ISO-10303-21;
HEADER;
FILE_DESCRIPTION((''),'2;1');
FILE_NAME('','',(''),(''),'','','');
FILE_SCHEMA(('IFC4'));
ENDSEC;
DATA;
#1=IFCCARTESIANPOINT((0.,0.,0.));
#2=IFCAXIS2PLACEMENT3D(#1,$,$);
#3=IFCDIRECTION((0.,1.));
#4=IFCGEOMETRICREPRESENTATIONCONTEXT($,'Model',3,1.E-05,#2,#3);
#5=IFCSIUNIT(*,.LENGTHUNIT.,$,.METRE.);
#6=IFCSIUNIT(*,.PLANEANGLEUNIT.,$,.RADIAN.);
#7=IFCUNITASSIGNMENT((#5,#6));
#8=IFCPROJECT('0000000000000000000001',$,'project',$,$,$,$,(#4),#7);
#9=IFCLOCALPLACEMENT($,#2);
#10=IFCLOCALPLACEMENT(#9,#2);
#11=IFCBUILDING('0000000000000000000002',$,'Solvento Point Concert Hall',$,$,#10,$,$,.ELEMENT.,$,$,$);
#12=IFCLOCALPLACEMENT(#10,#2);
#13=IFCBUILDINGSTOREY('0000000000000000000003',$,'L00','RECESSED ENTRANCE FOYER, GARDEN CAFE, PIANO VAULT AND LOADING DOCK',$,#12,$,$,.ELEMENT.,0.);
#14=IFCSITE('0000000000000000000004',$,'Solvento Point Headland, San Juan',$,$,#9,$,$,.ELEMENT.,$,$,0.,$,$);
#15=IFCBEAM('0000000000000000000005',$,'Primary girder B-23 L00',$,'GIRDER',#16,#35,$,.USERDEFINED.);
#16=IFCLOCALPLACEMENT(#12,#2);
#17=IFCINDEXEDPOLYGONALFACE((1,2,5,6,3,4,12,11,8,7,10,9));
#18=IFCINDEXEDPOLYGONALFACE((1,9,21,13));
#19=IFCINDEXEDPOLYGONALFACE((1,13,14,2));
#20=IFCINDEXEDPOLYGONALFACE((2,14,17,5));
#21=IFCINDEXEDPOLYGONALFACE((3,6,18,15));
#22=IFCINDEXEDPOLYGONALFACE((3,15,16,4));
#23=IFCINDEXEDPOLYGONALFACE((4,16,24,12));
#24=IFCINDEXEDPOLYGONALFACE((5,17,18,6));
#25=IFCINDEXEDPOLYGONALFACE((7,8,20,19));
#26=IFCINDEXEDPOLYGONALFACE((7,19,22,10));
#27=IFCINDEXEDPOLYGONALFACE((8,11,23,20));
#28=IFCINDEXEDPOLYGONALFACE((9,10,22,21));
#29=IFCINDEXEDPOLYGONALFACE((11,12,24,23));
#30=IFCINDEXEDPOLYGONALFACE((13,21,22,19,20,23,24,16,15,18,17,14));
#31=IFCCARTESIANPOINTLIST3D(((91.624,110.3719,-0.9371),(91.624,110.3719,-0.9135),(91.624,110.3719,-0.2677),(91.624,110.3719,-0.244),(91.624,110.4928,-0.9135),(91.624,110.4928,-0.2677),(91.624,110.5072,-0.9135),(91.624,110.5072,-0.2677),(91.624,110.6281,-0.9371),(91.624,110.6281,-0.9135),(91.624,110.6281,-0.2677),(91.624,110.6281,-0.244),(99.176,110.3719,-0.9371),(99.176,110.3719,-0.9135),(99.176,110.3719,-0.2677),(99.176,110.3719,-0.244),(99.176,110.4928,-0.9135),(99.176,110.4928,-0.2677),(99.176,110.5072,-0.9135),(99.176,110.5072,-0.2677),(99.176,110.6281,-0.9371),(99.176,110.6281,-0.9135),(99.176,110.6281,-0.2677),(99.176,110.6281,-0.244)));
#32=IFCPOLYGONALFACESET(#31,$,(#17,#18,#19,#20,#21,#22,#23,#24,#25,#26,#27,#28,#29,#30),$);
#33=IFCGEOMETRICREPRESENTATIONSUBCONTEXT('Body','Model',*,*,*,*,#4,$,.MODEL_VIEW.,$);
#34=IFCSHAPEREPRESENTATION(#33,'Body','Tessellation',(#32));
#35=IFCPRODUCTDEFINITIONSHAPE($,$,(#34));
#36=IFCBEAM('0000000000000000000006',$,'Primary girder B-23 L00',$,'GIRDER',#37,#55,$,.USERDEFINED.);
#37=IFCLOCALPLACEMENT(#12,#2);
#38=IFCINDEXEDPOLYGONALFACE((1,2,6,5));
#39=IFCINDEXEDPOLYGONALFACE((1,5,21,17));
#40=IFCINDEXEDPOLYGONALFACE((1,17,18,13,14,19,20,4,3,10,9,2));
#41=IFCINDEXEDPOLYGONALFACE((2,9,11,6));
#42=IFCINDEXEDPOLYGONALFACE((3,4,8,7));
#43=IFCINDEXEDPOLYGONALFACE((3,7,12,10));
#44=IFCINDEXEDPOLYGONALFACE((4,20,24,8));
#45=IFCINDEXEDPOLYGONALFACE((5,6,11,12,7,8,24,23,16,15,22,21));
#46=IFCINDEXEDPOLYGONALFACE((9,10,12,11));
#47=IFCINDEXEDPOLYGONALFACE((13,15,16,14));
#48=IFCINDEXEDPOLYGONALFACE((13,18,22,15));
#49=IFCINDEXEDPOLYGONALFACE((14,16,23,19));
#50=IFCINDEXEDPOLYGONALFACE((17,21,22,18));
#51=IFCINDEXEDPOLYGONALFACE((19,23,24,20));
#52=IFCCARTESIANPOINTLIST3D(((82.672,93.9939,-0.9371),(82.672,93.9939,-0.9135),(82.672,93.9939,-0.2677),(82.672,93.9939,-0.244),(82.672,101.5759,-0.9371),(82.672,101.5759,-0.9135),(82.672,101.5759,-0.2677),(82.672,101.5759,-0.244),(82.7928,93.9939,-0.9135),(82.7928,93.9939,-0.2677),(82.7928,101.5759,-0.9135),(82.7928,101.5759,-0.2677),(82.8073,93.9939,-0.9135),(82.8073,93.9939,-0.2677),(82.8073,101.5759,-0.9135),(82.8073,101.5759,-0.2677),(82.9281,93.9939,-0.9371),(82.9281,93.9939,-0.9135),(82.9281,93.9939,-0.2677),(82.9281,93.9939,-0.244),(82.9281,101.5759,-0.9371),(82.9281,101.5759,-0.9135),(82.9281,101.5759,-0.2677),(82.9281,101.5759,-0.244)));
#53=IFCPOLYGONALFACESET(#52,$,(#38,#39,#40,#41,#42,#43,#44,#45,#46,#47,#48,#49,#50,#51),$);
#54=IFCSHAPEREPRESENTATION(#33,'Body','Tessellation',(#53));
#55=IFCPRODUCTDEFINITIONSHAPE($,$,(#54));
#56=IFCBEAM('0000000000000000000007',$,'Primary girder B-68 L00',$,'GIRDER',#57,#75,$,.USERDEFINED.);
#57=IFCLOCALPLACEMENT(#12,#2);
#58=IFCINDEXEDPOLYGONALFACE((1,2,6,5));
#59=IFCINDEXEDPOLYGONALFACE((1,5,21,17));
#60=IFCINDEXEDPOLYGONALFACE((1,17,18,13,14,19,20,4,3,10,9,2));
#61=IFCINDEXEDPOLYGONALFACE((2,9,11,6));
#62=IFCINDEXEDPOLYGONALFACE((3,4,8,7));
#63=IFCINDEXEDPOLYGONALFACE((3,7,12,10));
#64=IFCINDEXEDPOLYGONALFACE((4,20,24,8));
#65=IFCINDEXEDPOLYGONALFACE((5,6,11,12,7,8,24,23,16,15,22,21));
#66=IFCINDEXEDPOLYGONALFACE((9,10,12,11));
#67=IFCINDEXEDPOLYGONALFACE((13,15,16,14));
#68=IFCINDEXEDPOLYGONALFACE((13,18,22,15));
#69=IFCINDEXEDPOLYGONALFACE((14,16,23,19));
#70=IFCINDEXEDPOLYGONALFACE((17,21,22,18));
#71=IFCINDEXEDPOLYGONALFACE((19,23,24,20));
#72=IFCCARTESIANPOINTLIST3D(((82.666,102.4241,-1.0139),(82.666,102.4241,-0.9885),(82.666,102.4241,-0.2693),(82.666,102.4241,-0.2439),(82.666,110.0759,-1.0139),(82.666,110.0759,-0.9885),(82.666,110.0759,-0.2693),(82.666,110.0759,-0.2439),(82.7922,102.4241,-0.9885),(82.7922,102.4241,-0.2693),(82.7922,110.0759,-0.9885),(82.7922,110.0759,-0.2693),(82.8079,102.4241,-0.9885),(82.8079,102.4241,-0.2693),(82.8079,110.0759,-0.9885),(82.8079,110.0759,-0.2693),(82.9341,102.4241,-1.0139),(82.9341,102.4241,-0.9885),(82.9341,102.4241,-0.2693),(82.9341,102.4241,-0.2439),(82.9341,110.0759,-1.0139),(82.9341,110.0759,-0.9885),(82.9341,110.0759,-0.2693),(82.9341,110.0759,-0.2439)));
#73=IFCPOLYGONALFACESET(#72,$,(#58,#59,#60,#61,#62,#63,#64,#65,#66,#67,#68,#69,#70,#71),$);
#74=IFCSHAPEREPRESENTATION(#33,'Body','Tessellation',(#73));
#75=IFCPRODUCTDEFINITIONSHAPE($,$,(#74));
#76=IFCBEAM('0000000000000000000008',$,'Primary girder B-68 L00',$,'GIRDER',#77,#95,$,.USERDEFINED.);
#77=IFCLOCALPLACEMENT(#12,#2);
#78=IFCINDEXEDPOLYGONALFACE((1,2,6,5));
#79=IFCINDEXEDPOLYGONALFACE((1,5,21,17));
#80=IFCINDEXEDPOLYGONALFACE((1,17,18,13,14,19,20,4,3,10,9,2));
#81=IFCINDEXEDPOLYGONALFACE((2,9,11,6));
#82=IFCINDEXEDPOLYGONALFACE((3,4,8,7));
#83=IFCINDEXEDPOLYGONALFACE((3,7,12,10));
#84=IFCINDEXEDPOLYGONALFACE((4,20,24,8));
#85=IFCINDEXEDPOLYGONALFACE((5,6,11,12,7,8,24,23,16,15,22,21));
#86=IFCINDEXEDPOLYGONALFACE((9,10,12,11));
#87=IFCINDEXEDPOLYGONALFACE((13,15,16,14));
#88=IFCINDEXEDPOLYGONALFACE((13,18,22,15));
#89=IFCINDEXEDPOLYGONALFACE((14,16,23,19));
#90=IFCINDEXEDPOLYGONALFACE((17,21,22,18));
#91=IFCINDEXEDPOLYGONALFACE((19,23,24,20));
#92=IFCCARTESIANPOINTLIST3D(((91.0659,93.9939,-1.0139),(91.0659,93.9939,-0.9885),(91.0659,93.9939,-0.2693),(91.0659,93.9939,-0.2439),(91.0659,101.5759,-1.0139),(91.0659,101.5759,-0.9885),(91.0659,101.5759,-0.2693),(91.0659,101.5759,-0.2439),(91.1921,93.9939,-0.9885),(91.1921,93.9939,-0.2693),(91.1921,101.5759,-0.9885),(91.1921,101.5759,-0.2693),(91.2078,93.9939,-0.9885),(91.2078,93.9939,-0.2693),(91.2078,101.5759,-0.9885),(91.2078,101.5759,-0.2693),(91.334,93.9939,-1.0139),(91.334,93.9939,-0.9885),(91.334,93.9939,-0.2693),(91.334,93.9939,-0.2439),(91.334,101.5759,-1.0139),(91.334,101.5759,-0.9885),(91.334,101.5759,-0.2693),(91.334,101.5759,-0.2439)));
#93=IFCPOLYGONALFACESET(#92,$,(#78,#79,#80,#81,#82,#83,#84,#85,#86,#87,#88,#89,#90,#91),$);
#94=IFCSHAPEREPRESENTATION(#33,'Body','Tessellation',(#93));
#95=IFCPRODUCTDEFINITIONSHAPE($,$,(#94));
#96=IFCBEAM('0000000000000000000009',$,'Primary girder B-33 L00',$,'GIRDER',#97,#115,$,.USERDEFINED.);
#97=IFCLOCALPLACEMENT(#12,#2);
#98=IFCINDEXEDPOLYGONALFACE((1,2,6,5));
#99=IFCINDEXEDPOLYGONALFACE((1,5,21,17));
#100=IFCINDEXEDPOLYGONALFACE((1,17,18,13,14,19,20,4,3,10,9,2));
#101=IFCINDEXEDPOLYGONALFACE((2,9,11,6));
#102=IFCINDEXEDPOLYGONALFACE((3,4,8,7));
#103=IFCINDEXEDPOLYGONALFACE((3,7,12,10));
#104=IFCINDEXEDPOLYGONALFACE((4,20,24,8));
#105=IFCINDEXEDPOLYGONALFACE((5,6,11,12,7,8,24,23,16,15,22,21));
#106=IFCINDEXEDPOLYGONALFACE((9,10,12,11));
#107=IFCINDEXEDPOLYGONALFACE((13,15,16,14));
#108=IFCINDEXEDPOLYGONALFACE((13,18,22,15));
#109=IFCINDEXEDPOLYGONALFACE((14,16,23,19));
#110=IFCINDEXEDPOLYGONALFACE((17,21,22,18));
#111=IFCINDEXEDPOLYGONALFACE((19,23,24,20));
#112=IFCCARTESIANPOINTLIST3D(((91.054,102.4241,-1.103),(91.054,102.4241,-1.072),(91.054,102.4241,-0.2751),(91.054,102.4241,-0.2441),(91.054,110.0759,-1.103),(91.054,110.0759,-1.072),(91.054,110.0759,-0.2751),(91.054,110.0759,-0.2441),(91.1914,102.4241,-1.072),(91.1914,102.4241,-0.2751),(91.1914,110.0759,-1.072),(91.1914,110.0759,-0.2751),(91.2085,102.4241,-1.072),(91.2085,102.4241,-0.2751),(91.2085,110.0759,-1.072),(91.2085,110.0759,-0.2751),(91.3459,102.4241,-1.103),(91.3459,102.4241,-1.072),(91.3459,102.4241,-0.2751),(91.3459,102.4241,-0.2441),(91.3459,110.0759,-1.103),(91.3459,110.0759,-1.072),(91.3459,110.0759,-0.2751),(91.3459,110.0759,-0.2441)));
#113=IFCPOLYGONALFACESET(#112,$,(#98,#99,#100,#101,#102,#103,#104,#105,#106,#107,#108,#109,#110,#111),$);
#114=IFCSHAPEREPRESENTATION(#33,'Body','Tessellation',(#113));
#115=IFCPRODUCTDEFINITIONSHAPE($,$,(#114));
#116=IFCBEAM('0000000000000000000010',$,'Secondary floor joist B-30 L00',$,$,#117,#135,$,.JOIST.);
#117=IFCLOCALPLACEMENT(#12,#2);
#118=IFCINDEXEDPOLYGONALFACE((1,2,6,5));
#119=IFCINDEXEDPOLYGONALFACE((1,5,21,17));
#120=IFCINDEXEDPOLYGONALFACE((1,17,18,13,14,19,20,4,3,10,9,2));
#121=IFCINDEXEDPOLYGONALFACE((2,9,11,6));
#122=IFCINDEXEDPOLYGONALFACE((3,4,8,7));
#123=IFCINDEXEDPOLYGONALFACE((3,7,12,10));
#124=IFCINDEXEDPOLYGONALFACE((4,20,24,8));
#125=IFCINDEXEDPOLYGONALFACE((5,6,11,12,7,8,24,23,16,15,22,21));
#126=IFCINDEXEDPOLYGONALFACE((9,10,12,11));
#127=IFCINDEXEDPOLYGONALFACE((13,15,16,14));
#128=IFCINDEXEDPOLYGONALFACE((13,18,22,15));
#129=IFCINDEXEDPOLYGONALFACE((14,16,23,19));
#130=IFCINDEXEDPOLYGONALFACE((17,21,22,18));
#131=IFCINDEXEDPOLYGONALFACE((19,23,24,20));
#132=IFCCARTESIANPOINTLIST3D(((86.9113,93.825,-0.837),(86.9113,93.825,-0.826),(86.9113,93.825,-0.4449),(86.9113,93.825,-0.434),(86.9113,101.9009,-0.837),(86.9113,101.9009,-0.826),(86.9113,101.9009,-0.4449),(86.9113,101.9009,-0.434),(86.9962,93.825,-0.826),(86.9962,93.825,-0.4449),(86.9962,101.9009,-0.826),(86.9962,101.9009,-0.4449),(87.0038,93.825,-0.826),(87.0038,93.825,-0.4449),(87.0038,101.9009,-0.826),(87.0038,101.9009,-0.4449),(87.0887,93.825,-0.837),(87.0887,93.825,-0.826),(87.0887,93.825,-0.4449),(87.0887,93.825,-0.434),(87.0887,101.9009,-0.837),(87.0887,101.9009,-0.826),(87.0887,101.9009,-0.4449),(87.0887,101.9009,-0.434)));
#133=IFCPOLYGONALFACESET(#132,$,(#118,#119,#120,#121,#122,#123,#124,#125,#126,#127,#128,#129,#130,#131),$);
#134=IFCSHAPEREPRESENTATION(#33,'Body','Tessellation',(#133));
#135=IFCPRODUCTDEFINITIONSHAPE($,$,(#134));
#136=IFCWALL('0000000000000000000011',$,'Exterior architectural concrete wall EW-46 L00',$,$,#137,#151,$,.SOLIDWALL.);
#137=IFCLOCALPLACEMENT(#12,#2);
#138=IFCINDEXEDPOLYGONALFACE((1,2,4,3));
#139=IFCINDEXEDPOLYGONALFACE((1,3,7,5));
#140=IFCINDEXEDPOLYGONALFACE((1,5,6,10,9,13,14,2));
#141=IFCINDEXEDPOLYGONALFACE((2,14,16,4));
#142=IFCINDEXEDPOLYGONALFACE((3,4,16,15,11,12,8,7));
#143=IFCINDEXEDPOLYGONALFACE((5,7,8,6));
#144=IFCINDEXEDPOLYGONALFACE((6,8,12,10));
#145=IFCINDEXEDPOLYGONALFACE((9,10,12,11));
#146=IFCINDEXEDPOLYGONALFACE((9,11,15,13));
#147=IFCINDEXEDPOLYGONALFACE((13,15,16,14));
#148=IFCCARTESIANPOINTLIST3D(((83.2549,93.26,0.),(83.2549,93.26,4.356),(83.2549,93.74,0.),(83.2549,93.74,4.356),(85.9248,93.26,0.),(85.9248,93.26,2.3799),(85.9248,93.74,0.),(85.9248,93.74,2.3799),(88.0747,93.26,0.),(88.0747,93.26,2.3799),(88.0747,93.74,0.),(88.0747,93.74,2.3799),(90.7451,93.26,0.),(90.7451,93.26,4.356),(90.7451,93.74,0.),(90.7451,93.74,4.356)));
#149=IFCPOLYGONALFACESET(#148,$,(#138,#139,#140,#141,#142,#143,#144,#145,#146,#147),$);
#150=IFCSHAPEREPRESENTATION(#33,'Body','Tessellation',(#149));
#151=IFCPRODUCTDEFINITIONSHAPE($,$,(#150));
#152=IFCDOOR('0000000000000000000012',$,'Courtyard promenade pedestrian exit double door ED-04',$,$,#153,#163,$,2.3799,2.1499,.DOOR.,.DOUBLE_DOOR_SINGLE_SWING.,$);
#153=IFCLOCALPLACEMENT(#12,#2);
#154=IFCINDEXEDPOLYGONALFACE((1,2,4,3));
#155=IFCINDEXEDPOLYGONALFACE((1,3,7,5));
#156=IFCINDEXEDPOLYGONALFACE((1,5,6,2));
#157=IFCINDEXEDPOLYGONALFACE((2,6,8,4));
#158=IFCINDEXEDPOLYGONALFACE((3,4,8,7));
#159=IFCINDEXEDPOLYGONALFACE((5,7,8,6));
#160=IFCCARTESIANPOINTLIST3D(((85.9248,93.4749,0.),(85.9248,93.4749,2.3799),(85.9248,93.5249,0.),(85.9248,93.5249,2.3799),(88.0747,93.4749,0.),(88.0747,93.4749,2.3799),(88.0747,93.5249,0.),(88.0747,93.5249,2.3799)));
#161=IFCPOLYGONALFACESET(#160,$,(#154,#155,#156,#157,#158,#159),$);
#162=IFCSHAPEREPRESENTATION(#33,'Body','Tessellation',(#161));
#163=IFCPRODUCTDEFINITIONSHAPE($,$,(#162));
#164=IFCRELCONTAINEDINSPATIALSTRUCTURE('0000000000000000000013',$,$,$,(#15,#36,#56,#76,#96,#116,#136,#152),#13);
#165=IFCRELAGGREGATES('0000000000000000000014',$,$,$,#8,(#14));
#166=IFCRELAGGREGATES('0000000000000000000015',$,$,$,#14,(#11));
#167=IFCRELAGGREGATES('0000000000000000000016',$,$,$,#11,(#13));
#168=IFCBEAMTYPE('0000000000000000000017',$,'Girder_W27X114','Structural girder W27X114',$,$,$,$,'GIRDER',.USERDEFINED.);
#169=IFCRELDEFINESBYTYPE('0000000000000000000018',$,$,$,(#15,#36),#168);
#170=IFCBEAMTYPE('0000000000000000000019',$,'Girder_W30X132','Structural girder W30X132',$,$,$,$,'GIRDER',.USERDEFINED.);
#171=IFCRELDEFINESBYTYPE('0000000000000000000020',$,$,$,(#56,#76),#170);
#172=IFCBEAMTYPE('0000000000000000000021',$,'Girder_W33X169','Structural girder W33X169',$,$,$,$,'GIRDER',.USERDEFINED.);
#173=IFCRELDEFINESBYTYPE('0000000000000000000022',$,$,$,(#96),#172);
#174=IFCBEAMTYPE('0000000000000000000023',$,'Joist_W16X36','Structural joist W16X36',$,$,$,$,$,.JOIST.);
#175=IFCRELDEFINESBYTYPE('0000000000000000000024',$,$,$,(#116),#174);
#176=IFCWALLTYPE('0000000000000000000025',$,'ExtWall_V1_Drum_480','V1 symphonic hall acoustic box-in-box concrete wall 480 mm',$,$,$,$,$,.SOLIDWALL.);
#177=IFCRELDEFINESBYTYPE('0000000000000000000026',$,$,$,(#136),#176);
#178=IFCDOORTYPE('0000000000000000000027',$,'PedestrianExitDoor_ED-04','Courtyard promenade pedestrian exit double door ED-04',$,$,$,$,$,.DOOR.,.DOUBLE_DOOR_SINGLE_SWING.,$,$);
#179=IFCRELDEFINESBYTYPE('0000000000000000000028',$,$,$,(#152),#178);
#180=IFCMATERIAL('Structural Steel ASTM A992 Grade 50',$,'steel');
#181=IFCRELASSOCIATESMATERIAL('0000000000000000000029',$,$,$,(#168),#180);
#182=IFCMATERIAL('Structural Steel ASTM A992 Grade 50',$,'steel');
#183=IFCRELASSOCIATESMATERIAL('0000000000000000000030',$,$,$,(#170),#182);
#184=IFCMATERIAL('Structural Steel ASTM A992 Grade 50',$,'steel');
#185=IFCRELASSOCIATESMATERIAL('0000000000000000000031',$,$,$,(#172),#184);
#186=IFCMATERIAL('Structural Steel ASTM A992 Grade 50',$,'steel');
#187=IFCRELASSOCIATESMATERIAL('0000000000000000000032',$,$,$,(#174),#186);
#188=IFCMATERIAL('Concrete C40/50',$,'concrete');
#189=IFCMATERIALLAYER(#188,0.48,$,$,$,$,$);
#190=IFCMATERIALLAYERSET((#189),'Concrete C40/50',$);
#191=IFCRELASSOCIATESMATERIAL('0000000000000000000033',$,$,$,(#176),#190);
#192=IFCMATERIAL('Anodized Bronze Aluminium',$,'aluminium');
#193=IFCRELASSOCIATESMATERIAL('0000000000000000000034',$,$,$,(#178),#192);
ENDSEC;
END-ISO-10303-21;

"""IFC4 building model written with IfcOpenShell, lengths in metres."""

from ifc_helpers import new_model, si_unit, direction, frame, frame_2d, origin, origin_2d, place, context, subcontext, project, spatial, rectangle, i_section, extrude, material, layer, layer_set, material_profile, profile_set, type_object, element, fill, save


model = new_model("IFC4")

# Units and contexts
model_context = context("Model", 3, precision=1e-05, world=origin(), true_north=direction((0.0, 1.0)))
body_context = subcontext(model_context, "Body", "Model", "MODEL_VIEW")
ifc_project = project(units=[si_unit("LENGTHUNIT", "METRE"), si_unit("PLANEANGLEUNIT", "RADIAN")], contexts=[model_context])

# Site, building, storey
site_placement = place(None, origin())
site = spatial("IfcSite", under=ifc_project, at=site_placement, Name="Solvento Point Headland, San Juan", CompositionType="ELEMENT", RefElevation=0.0)
building_placement = place(site_placement, origin())
building = spatial("IfcBuilding", under=site, at=building_placement, Name="Solvento Point Concert Hall", CompositionType="ELEMENT")
storey_placement = place(building_placement, origin())
storey = spatial("IfcBuildingStorey", under=building, at=storey_placement, Name="L00", Description="RECESSED ENTRANCE FOYER, GARDEN CAFE, PIANO VAULT AND LOADING DOCK", CompositionType="ELEMENT", Elevation=0.0)

# Beams
ifc_material_1 = material(Name="Structural Steel ASTM A992 Grade 50", Category="steel")
ifc_material_profile_1 = material_profile(ifc_material_1, i_section(OverallWidth=0.2561, OverallDepth=0.6931, WebThickness=0.0144, FlangeThickness=0.0237, at=origin_2d()), Name="W27X114")
ifc_profile_set_1 = profile_set([ifc_material_profile_1], Name="Structural Steel ASTM A992 Grade 50")
beam_type_1 = type_object("IfcBeamType", Name="Girder_W27X114", Description="Structural girder W27X114", ElementType="GIRDER", PredefinedType="USERDEFINED", material=ifc_profile_set_1)
beam_1_placement = place(storey_placement, frame((91.624, 110.5, -0.5906), z_axis=(1.0, 0.0, 0.0), x_axis=(0.0, 1.0, 0.0)))
element("IfcBeam", 1, at=beam_1_placement, inside=storey, type_object=beam_type_1, Name="Primary girder B-23 L00", ObjectType="GIRDER", PredefinedType="USERDEFINED", context=body_context, shape_type="SweptSolid", body=[
    extrude(i_section(OverallWidth=0.2561, OverallDepth=0.6931, WebThickness=0.0144, FlangeThickness=0.0237, at=origin_2d()), origin(), (0.0, 0.0, 1.0), 7.552),
])
beam_2_placement = place(storey_placement, frame((82.8, 93.9939, -0.5906), z_axis=(0.0, 1.0, 0.0), x_axis=(-1.0, 0.0, 0.0)))
element("IfcBeam", 2, at=beam_2_placement, inside=storey, type_object=beam_type_1, Name="Primary girder B-23 L00", ObjectType="GIRDER", PredefinedType="USERDEFINED", context=body_context, shape_type="SweptSolid", body=[
    extrude(i_section(OverallWidth=0.2561, OverallDepth=0.6931, WebThickness=0.0144, FlangeThickness=0.0237, at=origin_2d()), origin(), (0.0, 0.0, 1.0), 7.582),
])
ifc_material_2 = material(Name="Structural Steel ASTM A992 Grade 50", Category="steel")
ifc_material_profile_2 = material_profile(ifc_material_2, i_section(OverallWidth=0.2681, OverallDepth=0.77, WebThickness=0.0156, FlangeThickness=0.0254, at=origin_2d()), Name="W30X132")
ifc_profile_set_2 = profile_set([ifc_material_profile_2], Name="Structural Steel ASTM A992 Grade 50")
beam_type_2 = type_object("IfcBeamType", Name="Girder_W30X132", Description="Structural girder W30X132", ElementType="GIRDER", PredefinedType="USERDEFINED", material=ifc_profile_set_2)
beam_3_placement = place(storey_placement, frame((82.8, 102.4241, -0.6289), z_axis=(0.0, 1.0, 0.0), x_axis=(-1.0, 0.0, 0.0)))
element("IfcBeam", 3, at=beam_3_placement, inside=storey, type_object=beam_type_2, Name="Primary girder B-68 L00", ObjectType="GIRDER", PredefinedType="USERDEFINED", context=body_context, shape_type="SweptSolid", body=[
    extrude(i_section(OverallWidth=0.2681, OverallDepth=0.77, WebThickness=0.0156, FlangeThickness=0.0254, at=origin_2d()), origin(), (0.0, 0.0, 1.0), 7.6519),
])
beam_4_placement = place(storey_placement, frame((91.2, 93.9939, -0.6289), z_axis=(0.0, 1.0, 0.0), x_axis=(-1.0, 0.0, 0.0)))
element("IfcBeam", 4, at=beam_4_placement, inside=storey, type_object=beam_type_2, Name="Primary girder B-68 L00", ObjectType="GIRDER", PredefinedType="USERDEFINED", context=body_context, shape_type="SweptSolid", body=[
    extrude(i_section(OverallWidth=0.2681, OverallDepth=0.77, WebThickness=0.0156, FlangeThickness=0.0254, at=origin_2d()), origin(), (0.0, 0.0, 1.0), 7.582),
])
ifc_material_3 = material(Name="Structural Steel ASTM A992 Grade 50", Category="steel")
ifc_material_profile_3 = material_profile(ifc_material_3, i_section(OverallWidth=0.292, OverallDepth=0.8589, WebThickness=0.0171, FlangeThickness=0.031, at=origin_2d()), Name="W33X169")
ifc_profile_set_3 = profile_set([ifc_material_profile_3], Name="Structural Steel ASTM A992 Grade 50")
beam_type_3 = type_object("IfcBeamType", Name="Girder_W33X169", Description="Structural girder W33X169", ElementType="GIRDER", PredefinedType="USERDEFINED", material=ifc_profile_set_3)
beam_5_placement = place(storey_placement, frame((91.2, 102.4241, -0.6736), z_axis=(0.0, 1.0, 0.0), x_axis=(-1.0, 0.0, 0.0)))
element("IfcBeam", 5, at=beam_5_placement, inside=storey, type_object=beam_type_3, Name="Primary girder B-33 L00", ObjectType="GIRDER", PredefinedType="USERDEFINED", context=body_context, shape_type="SweptSolid", body=[
    extrude(i_section(OverallWidth=0.292, OverallDepth=0.8589, WebThickness=0.0171, FlangeThickness=0.031, at=origin_2d()), origin(), (0.0, 0.0, 1.0), 7.6519),
])
ifc_material_4 = material(Name="Structural Steel ASTM A992 Grade 50", Category="steel")
ifc_material_profile_4 = material_profile(ifc_material_4, i_section(OverallWidth=0.1775, OverallDepth=0.4031, WebThickness=0.0076, FlangeThickness=0.011, at=origin_2d()), Name="W16X36")
ifc_profile_set_4 = profile_set([ifc_material_profile_4], Name="Structural Steel ASTM A992 Grade 50")
beam_type_4 = type_object("IfcBeamType", Name="Joist_W16X36", Description="Structural joist W16X36", PredefinedType="JOIST", material=ifc_profile_set_4)
beam_6_placement = place(storey_placement, frame((87.0, 93.825, -0.6355), z_axis=(0.0, 1.0, 0.0), x_axis=(-1.0, 0.0, 0.0)))
element("IfcBeam", 6, at=beam_6_placement, inside=storey, type_object=beam_type_4, Name="Secondary floor joist B-30 L00", PredefinedType="JOIST", context=body_context, shape_type="SweptSolid", body=[
    extrude(i_section(OverallWidth=0.1775, OverallDepth=0.4031, WebThickness=0.0076, FlangeThickness=0.011, at=origin_2d()), origin(), (0.0, 0.0, 1.0), 8.0759),
])

# Wall, opening, door
ifc_material_5 = material(Name="Concrete C40/50", Category="concrete")
ifc_layer = layer(ifc_material_5, 0.48)
ifc_layer_set = layer_set([ifc_layer], Name="Concrete C40/50")
wall_type = type_object("IfcWallType", Name="ExtWall_V1_Drum_480", Description="V1 symphonic hall acoustic box-in-box concrete wall 480 mm", PredefinedType="SOLIDWALL", material=ifc_layer_set)
wall_1_placement = place(storey_placement, frame((83.2549, 93.5, 0.0), z_axis=(0.0, 0.0, 1.0), x_axis=(1.0, 0.0, 0.0)))
wall_1 = element("IfcWall", 7, at=wall_1_placement, inside=storey, type_object=wall_type, Name="Exterior architectural concrete wall EW-46 L00", PredefinedType="SOLIDWALL", context=body_context, shape_type="SweptSolid", body=[
    extrude(rectangle(XDim=7.4902, YDim=0.48, at=frame_2d((3.7451, 0.0))), origin(), (0.0, 0.0, 1.0), 4.356),
])
opening_1_placement = place(wall_1_placement, frame((2.6699, 0.0, 0.0)))
opening_1 = element("IfcOpeningElement", 8, at=opening_1_placement, cuts=wall_1, PredefinedType="OPENING", context=body_context, shape_type="SweptSolid", body=[
    extrude(rectangle(XDim=2.1499, YDim=2.3799, at=frame_2d((1.075, 1.1899))), frame((0.0, 0.25, 0.0), z_axis=(0.0, -1.0, 0.0), x_axis=(1.0, 0.0, 0.0)), (0.0, 0.0, 1.0), 0.5),
])
ifc_material_6 = material(Name="Anodized Bronze Aluminium", Category="aluminium")
door_type = type_object("IfcDoorType", Name="PedestrianExitDoor_ED-04", Description="Courtyard promenade pedestrian exit double door ED-04", OperationType="DOUBLE_DOOR_SINGLE_SWING", PredefinedType="DOOR", material=ifc_material_6)
door_placement = place(opening_1_placement, origin())
door = element("IfcDoor", 9, at=door_placement, inside=storey, type_object=door_type, Name="Courtyard promenade pedestrian exit double door ED-04", OperationType="DOUBLE_DOOR_SINGLE_SWING", OverallHeight=2.3799, OverallWidth=2.1499, PredefinedType="DOOR", context=body_context, shape_type="SweptSolid", body=[
    extrude(rectangle(XDim=2.1499, YDim=2.3799, at=frame_2d((1.075, 1.1899))), frame((0.0, 0.0249, 0.0), z_axis=(0.0, -1.0, 0.0), x_axis=(1.0, 0.0, 0.0)), (0.0, 0.0, 1.0), 0.05),
])
fill(opening_1, door)

save(model, "model.ifc")
